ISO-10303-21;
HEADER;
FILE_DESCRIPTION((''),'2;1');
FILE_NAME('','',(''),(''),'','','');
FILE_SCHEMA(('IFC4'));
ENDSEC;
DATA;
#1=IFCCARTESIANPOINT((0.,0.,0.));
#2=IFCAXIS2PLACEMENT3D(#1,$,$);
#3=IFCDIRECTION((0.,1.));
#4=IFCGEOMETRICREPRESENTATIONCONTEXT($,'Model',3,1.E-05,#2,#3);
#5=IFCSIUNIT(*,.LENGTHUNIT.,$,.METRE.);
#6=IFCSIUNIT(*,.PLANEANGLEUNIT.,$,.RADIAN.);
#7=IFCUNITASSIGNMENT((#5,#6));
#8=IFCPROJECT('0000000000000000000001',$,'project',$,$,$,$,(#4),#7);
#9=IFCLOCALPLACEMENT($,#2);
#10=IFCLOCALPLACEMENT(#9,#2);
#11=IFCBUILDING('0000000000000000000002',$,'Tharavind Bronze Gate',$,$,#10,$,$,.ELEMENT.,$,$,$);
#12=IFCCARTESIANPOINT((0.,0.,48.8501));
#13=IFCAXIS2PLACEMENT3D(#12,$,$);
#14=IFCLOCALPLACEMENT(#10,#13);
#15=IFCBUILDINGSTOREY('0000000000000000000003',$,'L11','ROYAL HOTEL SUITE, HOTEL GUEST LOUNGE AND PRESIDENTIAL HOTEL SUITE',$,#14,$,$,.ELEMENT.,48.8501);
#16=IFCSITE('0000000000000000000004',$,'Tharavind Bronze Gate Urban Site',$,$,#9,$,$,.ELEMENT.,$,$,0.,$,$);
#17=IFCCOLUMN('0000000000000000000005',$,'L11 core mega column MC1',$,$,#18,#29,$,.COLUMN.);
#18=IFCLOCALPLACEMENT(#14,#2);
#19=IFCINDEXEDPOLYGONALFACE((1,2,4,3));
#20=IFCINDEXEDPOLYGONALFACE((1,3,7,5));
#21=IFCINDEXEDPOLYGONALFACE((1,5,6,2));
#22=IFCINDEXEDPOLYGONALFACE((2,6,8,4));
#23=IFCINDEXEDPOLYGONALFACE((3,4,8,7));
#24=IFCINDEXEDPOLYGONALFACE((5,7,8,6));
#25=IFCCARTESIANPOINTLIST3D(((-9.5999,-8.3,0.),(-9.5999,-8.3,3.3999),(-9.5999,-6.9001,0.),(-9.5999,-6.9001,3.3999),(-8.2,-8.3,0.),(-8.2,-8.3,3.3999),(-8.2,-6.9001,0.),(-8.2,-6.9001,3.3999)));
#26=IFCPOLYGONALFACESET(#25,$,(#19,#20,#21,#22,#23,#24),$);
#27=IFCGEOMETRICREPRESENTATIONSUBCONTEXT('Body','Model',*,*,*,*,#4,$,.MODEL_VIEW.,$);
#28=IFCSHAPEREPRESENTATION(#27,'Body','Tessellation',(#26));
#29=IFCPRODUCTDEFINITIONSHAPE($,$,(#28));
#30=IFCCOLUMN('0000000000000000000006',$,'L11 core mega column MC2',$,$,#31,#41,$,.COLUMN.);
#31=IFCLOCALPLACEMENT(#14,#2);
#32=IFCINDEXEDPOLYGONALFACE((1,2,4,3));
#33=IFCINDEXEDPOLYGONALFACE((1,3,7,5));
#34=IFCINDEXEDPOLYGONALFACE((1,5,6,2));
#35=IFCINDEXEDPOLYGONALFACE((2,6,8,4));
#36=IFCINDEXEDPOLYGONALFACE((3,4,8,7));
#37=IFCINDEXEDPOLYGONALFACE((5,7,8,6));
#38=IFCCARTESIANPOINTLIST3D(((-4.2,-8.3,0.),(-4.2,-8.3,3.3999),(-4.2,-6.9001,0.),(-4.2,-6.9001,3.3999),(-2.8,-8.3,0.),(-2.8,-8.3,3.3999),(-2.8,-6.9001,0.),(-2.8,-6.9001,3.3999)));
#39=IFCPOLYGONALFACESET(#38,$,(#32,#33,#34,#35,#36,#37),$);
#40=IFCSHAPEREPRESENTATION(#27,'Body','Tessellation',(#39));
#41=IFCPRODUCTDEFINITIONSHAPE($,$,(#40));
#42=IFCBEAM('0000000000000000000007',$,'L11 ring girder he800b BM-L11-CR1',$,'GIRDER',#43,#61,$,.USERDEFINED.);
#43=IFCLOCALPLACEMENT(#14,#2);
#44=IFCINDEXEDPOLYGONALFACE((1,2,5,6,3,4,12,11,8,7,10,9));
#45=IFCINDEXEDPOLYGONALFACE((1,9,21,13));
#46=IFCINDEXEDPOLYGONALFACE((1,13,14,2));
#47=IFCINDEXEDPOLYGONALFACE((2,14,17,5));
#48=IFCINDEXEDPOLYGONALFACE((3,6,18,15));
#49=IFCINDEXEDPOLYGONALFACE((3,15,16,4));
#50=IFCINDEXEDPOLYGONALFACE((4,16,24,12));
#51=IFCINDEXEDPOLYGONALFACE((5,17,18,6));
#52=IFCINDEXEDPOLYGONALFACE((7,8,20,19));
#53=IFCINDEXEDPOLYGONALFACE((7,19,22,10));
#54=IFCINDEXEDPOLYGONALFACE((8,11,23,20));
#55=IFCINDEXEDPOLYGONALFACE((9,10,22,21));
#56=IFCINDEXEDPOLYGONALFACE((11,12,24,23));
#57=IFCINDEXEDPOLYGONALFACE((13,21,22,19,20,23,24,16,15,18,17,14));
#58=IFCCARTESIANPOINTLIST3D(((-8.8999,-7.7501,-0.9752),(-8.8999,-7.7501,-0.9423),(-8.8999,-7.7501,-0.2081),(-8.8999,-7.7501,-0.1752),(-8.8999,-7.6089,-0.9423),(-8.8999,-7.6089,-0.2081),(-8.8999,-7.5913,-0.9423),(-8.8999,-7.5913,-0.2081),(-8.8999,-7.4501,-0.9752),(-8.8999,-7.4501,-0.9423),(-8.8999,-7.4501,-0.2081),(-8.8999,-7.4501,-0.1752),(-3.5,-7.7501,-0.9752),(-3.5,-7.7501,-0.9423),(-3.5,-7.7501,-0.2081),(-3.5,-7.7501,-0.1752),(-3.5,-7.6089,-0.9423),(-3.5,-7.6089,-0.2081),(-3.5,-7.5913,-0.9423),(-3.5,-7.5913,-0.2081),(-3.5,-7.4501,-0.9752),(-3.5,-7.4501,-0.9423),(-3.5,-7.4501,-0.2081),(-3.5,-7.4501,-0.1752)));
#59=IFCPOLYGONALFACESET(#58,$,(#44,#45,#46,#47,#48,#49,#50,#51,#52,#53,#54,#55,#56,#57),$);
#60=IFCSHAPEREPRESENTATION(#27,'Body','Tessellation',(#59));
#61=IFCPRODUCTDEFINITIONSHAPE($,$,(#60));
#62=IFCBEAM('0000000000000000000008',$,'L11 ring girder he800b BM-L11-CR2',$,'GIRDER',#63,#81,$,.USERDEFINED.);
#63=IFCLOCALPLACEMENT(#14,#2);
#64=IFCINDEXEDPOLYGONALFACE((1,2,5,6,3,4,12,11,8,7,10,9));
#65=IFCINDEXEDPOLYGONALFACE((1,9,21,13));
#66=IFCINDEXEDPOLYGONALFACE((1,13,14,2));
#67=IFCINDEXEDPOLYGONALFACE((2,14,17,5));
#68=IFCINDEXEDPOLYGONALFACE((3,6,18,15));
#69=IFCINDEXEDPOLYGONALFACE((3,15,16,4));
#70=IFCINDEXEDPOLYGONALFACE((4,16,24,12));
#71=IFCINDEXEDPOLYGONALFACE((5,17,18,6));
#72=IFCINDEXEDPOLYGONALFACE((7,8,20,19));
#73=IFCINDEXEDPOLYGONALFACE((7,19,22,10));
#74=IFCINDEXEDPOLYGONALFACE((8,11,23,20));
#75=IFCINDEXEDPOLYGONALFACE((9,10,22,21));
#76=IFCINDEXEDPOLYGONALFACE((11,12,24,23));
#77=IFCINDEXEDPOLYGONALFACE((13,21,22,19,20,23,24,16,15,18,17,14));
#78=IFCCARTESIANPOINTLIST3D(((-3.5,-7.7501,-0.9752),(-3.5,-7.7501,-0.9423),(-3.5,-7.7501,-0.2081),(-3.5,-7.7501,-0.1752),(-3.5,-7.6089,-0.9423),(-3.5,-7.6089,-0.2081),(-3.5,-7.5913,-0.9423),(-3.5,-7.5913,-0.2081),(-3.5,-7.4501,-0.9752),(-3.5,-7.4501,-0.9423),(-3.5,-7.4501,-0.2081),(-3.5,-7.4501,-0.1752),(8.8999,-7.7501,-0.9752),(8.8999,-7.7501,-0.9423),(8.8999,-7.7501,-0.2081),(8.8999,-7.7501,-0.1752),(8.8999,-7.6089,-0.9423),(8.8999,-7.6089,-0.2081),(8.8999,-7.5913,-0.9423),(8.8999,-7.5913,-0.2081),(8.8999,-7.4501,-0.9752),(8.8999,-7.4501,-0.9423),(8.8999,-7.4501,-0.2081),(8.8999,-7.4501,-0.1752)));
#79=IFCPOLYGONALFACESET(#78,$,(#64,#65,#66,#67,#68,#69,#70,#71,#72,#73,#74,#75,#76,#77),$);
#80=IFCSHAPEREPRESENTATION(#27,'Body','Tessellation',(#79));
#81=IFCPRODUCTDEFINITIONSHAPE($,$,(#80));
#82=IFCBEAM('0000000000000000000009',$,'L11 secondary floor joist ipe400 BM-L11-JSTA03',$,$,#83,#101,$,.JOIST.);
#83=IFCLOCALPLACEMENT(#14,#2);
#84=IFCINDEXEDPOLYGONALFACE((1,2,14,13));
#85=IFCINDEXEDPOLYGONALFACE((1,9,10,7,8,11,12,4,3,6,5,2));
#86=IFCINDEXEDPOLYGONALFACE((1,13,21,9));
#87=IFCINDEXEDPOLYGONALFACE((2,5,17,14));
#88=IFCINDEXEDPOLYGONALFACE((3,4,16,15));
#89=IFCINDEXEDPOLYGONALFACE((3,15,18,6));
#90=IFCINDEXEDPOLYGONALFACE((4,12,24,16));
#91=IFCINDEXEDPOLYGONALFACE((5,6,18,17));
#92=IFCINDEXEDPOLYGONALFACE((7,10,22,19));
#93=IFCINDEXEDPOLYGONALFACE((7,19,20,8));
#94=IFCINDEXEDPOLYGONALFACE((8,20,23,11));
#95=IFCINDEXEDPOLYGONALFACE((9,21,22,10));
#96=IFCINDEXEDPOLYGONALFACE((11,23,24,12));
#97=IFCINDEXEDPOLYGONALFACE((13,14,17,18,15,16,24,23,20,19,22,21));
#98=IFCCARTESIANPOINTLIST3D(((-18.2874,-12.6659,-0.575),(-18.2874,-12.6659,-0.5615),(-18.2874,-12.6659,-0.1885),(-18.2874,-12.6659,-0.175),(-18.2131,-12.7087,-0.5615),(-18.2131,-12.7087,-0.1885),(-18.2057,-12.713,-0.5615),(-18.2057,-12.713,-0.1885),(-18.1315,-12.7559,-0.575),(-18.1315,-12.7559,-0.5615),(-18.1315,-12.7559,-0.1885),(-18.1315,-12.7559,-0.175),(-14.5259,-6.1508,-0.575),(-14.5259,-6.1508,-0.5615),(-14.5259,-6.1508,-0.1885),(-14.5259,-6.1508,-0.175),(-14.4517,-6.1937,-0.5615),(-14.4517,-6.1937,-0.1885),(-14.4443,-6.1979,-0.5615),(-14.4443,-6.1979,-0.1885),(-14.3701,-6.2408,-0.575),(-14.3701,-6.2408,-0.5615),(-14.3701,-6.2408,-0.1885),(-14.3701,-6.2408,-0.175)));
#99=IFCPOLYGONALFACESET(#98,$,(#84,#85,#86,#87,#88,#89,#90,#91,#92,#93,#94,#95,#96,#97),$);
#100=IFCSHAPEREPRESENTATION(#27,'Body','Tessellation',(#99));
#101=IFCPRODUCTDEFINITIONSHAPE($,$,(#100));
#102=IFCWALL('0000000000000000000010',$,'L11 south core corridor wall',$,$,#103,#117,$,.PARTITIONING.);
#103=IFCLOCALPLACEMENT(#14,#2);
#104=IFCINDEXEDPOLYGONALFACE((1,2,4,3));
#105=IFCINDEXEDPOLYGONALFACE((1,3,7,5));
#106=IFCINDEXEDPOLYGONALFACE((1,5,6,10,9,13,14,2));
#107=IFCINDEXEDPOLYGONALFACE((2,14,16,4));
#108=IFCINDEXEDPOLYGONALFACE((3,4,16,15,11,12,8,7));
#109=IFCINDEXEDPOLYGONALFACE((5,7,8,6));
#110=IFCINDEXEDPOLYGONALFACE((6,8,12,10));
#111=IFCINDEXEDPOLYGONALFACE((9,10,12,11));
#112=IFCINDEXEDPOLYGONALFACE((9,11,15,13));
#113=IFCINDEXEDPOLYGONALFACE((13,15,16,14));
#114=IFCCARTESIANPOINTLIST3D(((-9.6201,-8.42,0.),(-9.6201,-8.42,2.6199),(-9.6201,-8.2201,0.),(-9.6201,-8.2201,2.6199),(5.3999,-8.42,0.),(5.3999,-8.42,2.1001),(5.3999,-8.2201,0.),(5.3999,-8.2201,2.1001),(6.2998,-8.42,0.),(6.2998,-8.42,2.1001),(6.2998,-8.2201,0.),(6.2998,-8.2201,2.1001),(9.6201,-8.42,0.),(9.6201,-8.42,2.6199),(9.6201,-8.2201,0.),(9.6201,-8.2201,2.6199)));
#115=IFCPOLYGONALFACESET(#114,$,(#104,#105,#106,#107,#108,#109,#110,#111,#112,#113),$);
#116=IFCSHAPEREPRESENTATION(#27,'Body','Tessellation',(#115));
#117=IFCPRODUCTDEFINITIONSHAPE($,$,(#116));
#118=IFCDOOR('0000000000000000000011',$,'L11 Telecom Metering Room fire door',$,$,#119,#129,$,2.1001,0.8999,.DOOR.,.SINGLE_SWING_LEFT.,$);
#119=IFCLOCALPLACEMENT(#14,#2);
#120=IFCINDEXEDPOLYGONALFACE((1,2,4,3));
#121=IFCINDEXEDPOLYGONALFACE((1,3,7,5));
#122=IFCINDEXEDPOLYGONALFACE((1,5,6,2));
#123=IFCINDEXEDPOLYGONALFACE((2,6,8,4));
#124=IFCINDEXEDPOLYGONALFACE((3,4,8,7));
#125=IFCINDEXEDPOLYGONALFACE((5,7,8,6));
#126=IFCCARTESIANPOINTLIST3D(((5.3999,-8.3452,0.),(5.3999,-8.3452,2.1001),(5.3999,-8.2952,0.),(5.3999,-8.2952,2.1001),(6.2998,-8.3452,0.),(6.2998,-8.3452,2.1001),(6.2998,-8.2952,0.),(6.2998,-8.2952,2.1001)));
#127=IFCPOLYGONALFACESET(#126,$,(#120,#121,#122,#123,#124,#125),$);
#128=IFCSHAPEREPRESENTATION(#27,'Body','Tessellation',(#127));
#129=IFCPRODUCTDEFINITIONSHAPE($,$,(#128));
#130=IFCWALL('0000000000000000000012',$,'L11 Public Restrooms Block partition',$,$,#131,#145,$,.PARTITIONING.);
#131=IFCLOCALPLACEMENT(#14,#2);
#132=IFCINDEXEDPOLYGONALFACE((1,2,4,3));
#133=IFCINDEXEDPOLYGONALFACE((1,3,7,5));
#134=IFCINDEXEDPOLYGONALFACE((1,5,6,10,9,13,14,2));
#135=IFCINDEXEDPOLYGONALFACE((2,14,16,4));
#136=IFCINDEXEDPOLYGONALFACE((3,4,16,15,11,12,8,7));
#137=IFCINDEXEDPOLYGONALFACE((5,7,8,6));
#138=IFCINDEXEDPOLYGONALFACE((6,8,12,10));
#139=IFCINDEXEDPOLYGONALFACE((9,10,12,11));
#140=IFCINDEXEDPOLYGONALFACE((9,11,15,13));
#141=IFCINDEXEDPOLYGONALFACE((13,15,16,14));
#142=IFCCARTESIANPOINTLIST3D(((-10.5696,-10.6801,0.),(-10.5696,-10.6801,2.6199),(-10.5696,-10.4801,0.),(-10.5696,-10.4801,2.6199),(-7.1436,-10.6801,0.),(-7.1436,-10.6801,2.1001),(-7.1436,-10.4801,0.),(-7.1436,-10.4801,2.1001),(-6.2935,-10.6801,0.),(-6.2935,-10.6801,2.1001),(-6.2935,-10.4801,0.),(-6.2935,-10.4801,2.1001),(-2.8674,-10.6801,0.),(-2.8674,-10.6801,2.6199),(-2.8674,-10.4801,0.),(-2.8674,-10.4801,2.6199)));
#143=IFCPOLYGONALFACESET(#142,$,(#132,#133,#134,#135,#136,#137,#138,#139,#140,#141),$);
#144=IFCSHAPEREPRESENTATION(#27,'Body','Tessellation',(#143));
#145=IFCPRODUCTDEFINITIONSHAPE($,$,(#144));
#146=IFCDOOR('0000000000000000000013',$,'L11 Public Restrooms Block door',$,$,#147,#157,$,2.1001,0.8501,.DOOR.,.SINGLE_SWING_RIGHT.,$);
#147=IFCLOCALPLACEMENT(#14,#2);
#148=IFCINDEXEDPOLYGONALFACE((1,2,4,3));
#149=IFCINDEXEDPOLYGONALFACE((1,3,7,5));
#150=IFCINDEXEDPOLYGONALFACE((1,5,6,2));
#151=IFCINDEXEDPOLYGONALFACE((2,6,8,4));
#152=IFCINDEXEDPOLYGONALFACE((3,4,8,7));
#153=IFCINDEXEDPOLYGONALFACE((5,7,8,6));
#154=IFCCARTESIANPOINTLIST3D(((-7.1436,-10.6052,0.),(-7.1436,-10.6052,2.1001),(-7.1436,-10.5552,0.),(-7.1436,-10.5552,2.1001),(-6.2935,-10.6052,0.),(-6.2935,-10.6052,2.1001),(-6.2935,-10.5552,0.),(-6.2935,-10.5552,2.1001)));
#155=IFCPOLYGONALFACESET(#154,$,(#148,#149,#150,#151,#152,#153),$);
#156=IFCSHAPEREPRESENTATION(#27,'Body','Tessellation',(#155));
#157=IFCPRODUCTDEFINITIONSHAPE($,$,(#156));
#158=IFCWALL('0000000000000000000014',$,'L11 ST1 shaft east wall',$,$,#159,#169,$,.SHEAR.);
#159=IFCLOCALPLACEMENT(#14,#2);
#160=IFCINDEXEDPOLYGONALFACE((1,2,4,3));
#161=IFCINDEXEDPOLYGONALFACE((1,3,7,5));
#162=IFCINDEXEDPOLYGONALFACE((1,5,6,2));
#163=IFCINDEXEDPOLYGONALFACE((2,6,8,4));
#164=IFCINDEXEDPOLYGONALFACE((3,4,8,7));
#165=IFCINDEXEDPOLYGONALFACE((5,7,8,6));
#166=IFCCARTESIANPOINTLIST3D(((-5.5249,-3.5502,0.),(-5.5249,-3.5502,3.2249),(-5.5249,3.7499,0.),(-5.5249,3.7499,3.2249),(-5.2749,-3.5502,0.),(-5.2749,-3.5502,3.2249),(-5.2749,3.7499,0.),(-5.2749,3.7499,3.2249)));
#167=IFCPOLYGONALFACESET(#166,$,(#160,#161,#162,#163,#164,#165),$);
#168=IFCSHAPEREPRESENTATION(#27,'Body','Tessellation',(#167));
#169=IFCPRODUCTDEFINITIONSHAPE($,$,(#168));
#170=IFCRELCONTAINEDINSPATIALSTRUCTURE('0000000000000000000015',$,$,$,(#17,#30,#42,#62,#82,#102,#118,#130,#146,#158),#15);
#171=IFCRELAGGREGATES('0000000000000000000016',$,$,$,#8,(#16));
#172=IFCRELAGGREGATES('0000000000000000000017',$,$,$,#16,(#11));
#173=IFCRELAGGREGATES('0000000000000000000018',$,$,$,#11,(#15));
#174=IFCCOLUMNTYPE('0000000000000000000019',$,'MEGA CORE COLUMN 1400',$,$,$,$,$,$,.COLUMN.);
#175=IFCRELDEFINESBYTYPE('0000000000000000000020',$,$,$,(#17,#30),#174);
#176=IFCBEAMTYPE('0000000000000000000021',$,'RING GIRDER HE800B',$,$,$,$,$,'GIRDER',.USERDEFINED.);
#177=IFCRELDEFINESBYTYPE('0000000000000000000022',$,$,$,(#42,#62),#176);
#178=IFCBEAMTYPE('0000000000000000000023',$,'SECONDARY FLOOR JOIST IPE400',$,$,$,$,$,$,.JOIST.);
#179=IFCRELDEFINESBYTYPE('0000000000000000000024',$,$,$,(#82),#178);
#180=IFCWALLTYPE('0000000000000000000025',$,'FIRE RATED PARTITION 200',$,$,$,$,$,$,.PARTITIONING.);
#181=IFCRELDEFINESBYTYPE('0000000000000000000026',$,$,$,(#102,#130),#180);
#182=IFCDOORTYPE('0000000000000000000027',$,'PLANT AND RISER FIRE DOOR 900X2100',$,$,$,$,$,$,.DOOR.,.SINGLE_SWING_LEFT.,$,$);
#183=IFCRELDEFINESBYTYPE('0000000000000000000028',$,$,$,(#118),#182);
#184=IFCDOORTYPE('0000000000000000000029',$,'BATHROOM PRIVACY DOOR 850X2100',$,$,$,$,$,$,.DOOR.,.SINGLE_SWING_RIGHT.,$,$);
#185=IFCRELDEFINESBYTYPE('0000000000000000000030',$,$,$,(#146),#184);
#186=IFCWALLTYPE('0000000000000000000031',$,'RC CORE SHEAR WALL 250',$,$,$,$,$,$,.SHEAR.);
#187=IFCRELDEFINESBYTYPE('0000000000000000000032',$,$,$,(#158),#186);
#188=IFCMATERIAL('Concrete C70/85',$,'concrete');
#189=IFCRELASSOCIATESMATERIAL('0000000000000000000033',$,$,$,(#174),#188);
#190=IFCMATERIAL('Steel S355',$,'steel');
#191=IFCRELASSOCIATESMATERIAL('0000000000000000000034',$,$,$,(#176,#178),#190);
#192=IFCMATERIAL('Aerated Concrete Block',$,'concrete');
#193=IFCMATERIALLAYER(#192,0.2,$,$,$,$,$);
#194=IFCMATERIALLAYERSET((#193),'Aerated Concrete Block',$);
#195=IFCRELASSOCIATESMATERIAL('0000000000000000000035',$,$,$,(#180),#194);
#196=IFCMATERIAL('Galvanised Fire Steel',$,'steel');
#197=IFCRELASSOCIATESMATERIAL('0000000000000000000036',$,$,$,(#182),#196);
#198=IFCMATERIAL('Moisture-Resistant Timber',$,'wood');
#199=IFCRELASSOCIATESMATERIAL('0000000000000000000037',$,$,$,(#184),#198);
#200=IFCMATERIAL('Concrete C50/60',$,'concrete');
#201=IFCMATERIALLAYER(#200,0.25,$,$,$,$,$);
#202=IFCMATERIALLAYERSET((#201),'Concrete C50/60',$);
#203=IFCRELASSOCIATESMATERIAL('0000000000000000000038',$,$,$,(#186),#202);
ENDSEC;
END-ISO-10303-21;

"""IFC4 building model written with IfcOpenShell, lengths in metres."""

from ifc_helpers import new_model, si_unit, direction, frame, frame_2d, origin, origin_2d, place, context, subcontext, project, spatial, rectangle, i_section, extrude, material, layer, layer_set, material_profile, profile_set, type_object, element, fill, save


model = new_model("IFC4")

# Units and contexts
model_context = context("Model", 3, precision=1e-05, world=origin(), true_north=direction((0.0, 1.0)))
body_context = subcontext(model_context, "Body", "Model", "MODEL_VIEW")
ifc_project = project(units=[si_unit("LENGTHUNIT", "METRE"), si_unit("PLANEANGLEUNIT", "RADIAN")], contexts=[model_context])

# Site, building, storey
site_placement = place(None, origin())
site = spatial("IfcSite", under=ifc_project, at=site_placement, Name="Tharavind Bronze Gate Urban Site", CompositionType="ELEMENT", RefElevation=0.0)
building_placement = place(site_placement, origin())
building = spatial("IfcBuilding", under=site, at=building_placement, Name="Tharavind Bronze Gate", CompositionType="ELEMENT")
storey_placement = place(building_placement, frame((0.0, 0.0, 48.8501)))
storey = spatial("IfcBuildingStorey", under=building, at=storey_placement, Name="L11", Description="ROYAL HOTEL SUITE, HOTEL GUEST LOUNGE AND PRESIDENTIAL HOTEL SUITE", CompositionType="ELEMENT", Elevation=48.8501)

# Columns
ifc_material_1 = material(Name="Concrete C70/85", Category="concrete")
ifc_material_profile_1 = material_profile(ifc_material_1, rectangle(XDim=1.3999, YDim=1.3999, at=origin_2d()), Name="RCCOL1400")
ifc_profile_set_1 = profile_set([ifc_material_profile_1], Name="Concrete C70/85")
column_type = type_object("IfcColumnType", Name="MEGA CORE COLUMN 1400", PredefinedType="COLUMN", material=ifc_profile_set_1)
for number, where, z_axis, x_axis, name in (
    (1, (-8.8999, -7.6001, 0.0), (0.0, 0.0, 1.0), (1.0, 0.0, 0.0), "L11 core mega column MC1"),
    (2, (-3.5, -7.6001, 0.0), (0.0, 0.0, 1.0), (1.0, 0.0, 0.0), "L11 core mega column MC2"),
):
    element("IfcColumn", number, at=place(storey_placement, frame(where, z_axis=z_axis, x_axis=x_axis)), inside=storey, type_object=column_type, Name=name, PredefinedType="COLUMN", context=body_context, shape_type="SweptSolid", body=[
        extrude(rectangle(XDim=1.3999, YDim=1.3999, at=origin_2d()), origin(), (0.0, 0.0, 1.0), 3.3999),
    ])

# Beams
ifc_material_2 = material(Name="Steel S355", Category="steel")
ifc_material_profile_2 = material_profile(ifc_material_2, i_section(OverallWidth=0.3, OverallDepth=0.8, WebThickness=0.0176, FlangeThickness=0.033, at=origin_2d()), Name="HE800B")
ifc_profile_set_2 = profile_set([ifc_material_profile_2], Name="Steel S355")
beam_type_1 = type_object("IfcBeamType", Name="RING GIRDER HE800B", ElementType="GIRDER", PredefinedType="USERDEFINED", material=ifc_profile_set_2)
beam_1_placement = place(storey_placement, frame((-8.8999, -7.6001, -0.5752), z_axis=(1.0, 0.0, 0.0), x_axis=(0.0, 1.0, 0.0)))
element("IfcBeam", 3, at=beam_1_placement, inside=storey, type_object=beam_type_1, Name="L11 ring girder he800b BM-L11-CR1", ObjectType="GIRDER", PredefinedType="USERDEFINED", context=body_context, shape_type="SweptSolid", body=[
    extrude(i_section(OverallWidth=0.3, OverallDepth=0.8, WebThickness=0.0176, FlangeThickness=0.033, at=origin_2d()), origin(), (0.0, 0.0, 1.0), 5.3999),
])
beam_2_placement = place(storey_placement, frame((-3.5, -7.6001, -0.5752), z_axis=(1.0, 0.0, 0.0), x_axis=(0.0, 1.0, 0.0)))
element("IfcBeam", 4, at=beam_2_placement, inside=storey, type_object=beam_type_1, Name="L11 ring girder he800b BM-L11-CR2", ObjectType="GIRDER", PredefinedType="USERDEFINED", context=body_context, shape_type="SweptSolid", body=[
    extrude(i_section(OverallWidth=0.3, OverallDepth=0.8, WebThickness=0.0176, FlangeThickness=0.033, at=origin_2d()), origin(), (0.0, 0.0, 1.0), 12.3999),
])
ifc_material_profile_3 = material_profile(ifc_material_2, i_section(OverallWidth=0.1799, OverallDepth=0.3999, WebThickness=0.0085, FlangeThickness=0.0134, at=origin_2d()), Name="IPE400")
ifc_profile_set_3 = profile_set([ifc_material_profile_3], Name="Steel S355")
beam_type_2 = type_object("IfcBeamType", Name="SECONDARY FLOOR JOIST IPE400", PredefinedType="JOIST", material=ifc_profile_set_3)
beam_3_placement = place(storey_placement, frame((-14.448, -6.1958, -0.375), z_axis=(-0.499996, -0.866028, 0.0), x_axis=(0.866028, -0.499996, 0.0)))
element("IfcBeam", 5, at=beam_3_placement, inside=storey, type_object=beam_type_2, Name="L11 secondary floor joist ipe400 BM-L11-JSTA03", PredefinedType="JOIST", context=body_context, shape_type="SweptSolid", body=[
    extrude(i_section(OverallWidth=0.1799, OverallDepth=0.3999, WebThickness=0.0085, FlangeThickness=0.0134, at=origin_2d()), origin(), (0.0, 0.0, 1.0), 7.5229),
])

# Walls, openings, doors
ifc_material_3 = material(Name="Aerated Concrete Block", Category="concrete")
ifc_layer_1 = layer(ifc_material_3, 0.2)
ifc_layer_set_1 = layer_set([ifc_layer_1], Name="Aerated Concrete Block")
wall_type_1 = type_object("IfcWallType", Name="FIRE RATED PARTITION 200", PredefinedType="PARTITIONING", material=ifc_layer_set_1)
wall_1_placement = place(storey_placement, frame((-9.6201, -8.3201, 0.0), z_axis=(0.0, 0.0, 1.0), x_axis=(1.0, 0.0, 0.0)))
wall_1 = element("IfcWall", 6, at=wall_1_placement, inside=storey, type_object=wall_type_1, Name="L11 south core corridor wall", PredefinedType="PARTITIONING", context=body_context, shape_type="SweptSolid", body=[
    extrude(rectangle(XDim=19.2402, YDim=0.2, at=frame_2d((9.6201, 0.0))), origin(), (0.0, 0.0, 1.0), 2.6199),
])
opening_1_placement = place(wall_1_placement, frame((15.02, 0.0, 0.0)))
opening_1 = element("IfcOpeningElement", 7, at=opening_1_placement, cuts=wall_1, PredefinedType="OPENING", context=body_context, shape_type="SweptSolid", body=[
    extrude(rectangle(XDim=0.8999, YDim=2.1001, at=frame_2d((0.45, 1.05))), frame((0.0, 0.1101, 0.0), z_axis=(0.0, -1.0, 0.0), x_axis=(1.0, 0.0, 0.0)), (0.0, 0.0, 1.0), 0.22),
])
ifc_material_4 = material(Name="Galvanised Fire Steel", Category="steel")
door_type_1 = type_object("IfcDoorType", Name="PLANT AND RISER FIRE DOOR 900X2100", OperationType="SINGLE_SWING_LEFT", PredefinedType="DOOR", material=ifc_material_4)
door_1_placement = place(opening_1_placement, origin())
door_1 = element("IfcDoor", 8, at=door_1_placement, inside=storey, type_object=door_type_1, Name="L11 Telecom Metering Room fire door", OperationType="SINGLE_SWING_LEFT", OverallHeight=2.1001, OverallWidth=0.8999, PredefinedType="DOOR", context=body_context, shape_type="SweptSolid", body=[
    extrude(rectangle(XDim=0.8999, YDim=2.1001, at=frame_2d((0.45, 1.05))), frame((0.0, 0.0249, 0.0), z_axis=(0.0, -1.0, 0.0), x_axis=(1.0, 0.0, 0.0)), (0.0, 0.0, 1.0), 0.05),
])
fill(opening_1, door_1)
wall_2_placement = place(storey_placement, frame((-10.5696, -10.5801, 0.0), z_axis=(0.0, 0.0, 1.0), x_axis=(1.0, 0.0, 0.0)))
wall_2 = element("IfcWall", 9, at=wall_2_placement, inside=storey, type_object=wall_type_1, Name="L11 Public Restrooms Block partition", PredefinedType="PARTITIONING", context=body_context, shape_type="SweptSolid", body=[
    extrude(rectangle(XDim=7.7021, YDim=0.2, at=frame_2d((3.8511, 0.0))), origin(), (0.0, 0.0, 1.0), 2.6199),
])
opening_2_placement = place(wall_2_placement, frame((3.426, 0.0, 0.0)))
opening_2 = element("IfcOpeningElement", 10, at=opening_2_placement, cuts=wall_2, PredefinedType="OPENING", context=body_context, shape_type="SweptSolid", body=[
    extrude(rectangle(XDim=0.8501, YDim=2.1001, at=frame_2d((0.425, 1.05))), frame((0.0, 0.1101, 0.0), z_axis=(0.0, -1.0, 0.0), x_axis=(1.0, 0.0, 0.0)), (0.0, 0.0, 1.0), 0.22),
])
ifc_material_5 = material(Name="Moisture-Resistant Timber", Category="wood")
door_type_2 = type_object("IfcDoorType", Name="BATHROOM PRIVACY DOOR 850X2100", OperationType="SINGLE_SWING_RIGHT", PredefinedType="DOOR", material=ifc_material_5)
door_2_placement = place(opening_2_placement, origin())
door_2 = element("IfcDoor", 11, at=door_2_placement, inside=storey, type_object=door_type_2, Name="L11 Public Restrooms Block door", OperationType="SINGLE_SWING_RIGHT", OverallHeight=2.1001, OverallWidth=0.8501, PredefinedType="DOOR", context=body_context, shape_type="SweptSolid", body=[
    extrude(rectangle(XDim=0.8501, YDim=2.1001, at=frame_2d((0.425, 1.05))), frame((0.0, 0.0249, 0.0), z_axis=(0.0, -1.0, 0.0), x_axis=(1.0, 0.0, 0.0)), (0.0, 0.0, 1.0), 0.05),
])
fill(opening_2, door_2)

# Wall
ifc_material_6 = material(Name="Concrete C50/60", Category="concrete")
ifc_layer_2 = layer(ifc_material_6, 0.25)
ifc_layer_set_2 = layer_set([ifc_layer_2], Name="Concrete C50/60")
wall_type_2 = type_object("IfcWallType", Name="RC CORE SHEAR WALL 250", PredefinedType="SHEAR", material=ifc_layer_set_2)
wall_3_placement = place(storey_placement, frame((-5.3999, -3.55, 0.0), z_axis=(0.0, 0.0, 1.0), x_axis=(0.0, 1.0, 0.0)))
element("IfcWall", 12, at=wall_3_placement, inside=storey, type_object=wall_type_2, Name="L11 ST1 shaft east wall", PredefinedType="SHEAR", context=body_context, shape_type="SweptSolid", body=[
    extrude(rectangle(XDim=7.3, YDim=0.25, at=frame_2d((3.6499, 0.0))), origin(), (0.0, 0.0, 1.0), 3.2249),
])

save(model, "model.ifc")
